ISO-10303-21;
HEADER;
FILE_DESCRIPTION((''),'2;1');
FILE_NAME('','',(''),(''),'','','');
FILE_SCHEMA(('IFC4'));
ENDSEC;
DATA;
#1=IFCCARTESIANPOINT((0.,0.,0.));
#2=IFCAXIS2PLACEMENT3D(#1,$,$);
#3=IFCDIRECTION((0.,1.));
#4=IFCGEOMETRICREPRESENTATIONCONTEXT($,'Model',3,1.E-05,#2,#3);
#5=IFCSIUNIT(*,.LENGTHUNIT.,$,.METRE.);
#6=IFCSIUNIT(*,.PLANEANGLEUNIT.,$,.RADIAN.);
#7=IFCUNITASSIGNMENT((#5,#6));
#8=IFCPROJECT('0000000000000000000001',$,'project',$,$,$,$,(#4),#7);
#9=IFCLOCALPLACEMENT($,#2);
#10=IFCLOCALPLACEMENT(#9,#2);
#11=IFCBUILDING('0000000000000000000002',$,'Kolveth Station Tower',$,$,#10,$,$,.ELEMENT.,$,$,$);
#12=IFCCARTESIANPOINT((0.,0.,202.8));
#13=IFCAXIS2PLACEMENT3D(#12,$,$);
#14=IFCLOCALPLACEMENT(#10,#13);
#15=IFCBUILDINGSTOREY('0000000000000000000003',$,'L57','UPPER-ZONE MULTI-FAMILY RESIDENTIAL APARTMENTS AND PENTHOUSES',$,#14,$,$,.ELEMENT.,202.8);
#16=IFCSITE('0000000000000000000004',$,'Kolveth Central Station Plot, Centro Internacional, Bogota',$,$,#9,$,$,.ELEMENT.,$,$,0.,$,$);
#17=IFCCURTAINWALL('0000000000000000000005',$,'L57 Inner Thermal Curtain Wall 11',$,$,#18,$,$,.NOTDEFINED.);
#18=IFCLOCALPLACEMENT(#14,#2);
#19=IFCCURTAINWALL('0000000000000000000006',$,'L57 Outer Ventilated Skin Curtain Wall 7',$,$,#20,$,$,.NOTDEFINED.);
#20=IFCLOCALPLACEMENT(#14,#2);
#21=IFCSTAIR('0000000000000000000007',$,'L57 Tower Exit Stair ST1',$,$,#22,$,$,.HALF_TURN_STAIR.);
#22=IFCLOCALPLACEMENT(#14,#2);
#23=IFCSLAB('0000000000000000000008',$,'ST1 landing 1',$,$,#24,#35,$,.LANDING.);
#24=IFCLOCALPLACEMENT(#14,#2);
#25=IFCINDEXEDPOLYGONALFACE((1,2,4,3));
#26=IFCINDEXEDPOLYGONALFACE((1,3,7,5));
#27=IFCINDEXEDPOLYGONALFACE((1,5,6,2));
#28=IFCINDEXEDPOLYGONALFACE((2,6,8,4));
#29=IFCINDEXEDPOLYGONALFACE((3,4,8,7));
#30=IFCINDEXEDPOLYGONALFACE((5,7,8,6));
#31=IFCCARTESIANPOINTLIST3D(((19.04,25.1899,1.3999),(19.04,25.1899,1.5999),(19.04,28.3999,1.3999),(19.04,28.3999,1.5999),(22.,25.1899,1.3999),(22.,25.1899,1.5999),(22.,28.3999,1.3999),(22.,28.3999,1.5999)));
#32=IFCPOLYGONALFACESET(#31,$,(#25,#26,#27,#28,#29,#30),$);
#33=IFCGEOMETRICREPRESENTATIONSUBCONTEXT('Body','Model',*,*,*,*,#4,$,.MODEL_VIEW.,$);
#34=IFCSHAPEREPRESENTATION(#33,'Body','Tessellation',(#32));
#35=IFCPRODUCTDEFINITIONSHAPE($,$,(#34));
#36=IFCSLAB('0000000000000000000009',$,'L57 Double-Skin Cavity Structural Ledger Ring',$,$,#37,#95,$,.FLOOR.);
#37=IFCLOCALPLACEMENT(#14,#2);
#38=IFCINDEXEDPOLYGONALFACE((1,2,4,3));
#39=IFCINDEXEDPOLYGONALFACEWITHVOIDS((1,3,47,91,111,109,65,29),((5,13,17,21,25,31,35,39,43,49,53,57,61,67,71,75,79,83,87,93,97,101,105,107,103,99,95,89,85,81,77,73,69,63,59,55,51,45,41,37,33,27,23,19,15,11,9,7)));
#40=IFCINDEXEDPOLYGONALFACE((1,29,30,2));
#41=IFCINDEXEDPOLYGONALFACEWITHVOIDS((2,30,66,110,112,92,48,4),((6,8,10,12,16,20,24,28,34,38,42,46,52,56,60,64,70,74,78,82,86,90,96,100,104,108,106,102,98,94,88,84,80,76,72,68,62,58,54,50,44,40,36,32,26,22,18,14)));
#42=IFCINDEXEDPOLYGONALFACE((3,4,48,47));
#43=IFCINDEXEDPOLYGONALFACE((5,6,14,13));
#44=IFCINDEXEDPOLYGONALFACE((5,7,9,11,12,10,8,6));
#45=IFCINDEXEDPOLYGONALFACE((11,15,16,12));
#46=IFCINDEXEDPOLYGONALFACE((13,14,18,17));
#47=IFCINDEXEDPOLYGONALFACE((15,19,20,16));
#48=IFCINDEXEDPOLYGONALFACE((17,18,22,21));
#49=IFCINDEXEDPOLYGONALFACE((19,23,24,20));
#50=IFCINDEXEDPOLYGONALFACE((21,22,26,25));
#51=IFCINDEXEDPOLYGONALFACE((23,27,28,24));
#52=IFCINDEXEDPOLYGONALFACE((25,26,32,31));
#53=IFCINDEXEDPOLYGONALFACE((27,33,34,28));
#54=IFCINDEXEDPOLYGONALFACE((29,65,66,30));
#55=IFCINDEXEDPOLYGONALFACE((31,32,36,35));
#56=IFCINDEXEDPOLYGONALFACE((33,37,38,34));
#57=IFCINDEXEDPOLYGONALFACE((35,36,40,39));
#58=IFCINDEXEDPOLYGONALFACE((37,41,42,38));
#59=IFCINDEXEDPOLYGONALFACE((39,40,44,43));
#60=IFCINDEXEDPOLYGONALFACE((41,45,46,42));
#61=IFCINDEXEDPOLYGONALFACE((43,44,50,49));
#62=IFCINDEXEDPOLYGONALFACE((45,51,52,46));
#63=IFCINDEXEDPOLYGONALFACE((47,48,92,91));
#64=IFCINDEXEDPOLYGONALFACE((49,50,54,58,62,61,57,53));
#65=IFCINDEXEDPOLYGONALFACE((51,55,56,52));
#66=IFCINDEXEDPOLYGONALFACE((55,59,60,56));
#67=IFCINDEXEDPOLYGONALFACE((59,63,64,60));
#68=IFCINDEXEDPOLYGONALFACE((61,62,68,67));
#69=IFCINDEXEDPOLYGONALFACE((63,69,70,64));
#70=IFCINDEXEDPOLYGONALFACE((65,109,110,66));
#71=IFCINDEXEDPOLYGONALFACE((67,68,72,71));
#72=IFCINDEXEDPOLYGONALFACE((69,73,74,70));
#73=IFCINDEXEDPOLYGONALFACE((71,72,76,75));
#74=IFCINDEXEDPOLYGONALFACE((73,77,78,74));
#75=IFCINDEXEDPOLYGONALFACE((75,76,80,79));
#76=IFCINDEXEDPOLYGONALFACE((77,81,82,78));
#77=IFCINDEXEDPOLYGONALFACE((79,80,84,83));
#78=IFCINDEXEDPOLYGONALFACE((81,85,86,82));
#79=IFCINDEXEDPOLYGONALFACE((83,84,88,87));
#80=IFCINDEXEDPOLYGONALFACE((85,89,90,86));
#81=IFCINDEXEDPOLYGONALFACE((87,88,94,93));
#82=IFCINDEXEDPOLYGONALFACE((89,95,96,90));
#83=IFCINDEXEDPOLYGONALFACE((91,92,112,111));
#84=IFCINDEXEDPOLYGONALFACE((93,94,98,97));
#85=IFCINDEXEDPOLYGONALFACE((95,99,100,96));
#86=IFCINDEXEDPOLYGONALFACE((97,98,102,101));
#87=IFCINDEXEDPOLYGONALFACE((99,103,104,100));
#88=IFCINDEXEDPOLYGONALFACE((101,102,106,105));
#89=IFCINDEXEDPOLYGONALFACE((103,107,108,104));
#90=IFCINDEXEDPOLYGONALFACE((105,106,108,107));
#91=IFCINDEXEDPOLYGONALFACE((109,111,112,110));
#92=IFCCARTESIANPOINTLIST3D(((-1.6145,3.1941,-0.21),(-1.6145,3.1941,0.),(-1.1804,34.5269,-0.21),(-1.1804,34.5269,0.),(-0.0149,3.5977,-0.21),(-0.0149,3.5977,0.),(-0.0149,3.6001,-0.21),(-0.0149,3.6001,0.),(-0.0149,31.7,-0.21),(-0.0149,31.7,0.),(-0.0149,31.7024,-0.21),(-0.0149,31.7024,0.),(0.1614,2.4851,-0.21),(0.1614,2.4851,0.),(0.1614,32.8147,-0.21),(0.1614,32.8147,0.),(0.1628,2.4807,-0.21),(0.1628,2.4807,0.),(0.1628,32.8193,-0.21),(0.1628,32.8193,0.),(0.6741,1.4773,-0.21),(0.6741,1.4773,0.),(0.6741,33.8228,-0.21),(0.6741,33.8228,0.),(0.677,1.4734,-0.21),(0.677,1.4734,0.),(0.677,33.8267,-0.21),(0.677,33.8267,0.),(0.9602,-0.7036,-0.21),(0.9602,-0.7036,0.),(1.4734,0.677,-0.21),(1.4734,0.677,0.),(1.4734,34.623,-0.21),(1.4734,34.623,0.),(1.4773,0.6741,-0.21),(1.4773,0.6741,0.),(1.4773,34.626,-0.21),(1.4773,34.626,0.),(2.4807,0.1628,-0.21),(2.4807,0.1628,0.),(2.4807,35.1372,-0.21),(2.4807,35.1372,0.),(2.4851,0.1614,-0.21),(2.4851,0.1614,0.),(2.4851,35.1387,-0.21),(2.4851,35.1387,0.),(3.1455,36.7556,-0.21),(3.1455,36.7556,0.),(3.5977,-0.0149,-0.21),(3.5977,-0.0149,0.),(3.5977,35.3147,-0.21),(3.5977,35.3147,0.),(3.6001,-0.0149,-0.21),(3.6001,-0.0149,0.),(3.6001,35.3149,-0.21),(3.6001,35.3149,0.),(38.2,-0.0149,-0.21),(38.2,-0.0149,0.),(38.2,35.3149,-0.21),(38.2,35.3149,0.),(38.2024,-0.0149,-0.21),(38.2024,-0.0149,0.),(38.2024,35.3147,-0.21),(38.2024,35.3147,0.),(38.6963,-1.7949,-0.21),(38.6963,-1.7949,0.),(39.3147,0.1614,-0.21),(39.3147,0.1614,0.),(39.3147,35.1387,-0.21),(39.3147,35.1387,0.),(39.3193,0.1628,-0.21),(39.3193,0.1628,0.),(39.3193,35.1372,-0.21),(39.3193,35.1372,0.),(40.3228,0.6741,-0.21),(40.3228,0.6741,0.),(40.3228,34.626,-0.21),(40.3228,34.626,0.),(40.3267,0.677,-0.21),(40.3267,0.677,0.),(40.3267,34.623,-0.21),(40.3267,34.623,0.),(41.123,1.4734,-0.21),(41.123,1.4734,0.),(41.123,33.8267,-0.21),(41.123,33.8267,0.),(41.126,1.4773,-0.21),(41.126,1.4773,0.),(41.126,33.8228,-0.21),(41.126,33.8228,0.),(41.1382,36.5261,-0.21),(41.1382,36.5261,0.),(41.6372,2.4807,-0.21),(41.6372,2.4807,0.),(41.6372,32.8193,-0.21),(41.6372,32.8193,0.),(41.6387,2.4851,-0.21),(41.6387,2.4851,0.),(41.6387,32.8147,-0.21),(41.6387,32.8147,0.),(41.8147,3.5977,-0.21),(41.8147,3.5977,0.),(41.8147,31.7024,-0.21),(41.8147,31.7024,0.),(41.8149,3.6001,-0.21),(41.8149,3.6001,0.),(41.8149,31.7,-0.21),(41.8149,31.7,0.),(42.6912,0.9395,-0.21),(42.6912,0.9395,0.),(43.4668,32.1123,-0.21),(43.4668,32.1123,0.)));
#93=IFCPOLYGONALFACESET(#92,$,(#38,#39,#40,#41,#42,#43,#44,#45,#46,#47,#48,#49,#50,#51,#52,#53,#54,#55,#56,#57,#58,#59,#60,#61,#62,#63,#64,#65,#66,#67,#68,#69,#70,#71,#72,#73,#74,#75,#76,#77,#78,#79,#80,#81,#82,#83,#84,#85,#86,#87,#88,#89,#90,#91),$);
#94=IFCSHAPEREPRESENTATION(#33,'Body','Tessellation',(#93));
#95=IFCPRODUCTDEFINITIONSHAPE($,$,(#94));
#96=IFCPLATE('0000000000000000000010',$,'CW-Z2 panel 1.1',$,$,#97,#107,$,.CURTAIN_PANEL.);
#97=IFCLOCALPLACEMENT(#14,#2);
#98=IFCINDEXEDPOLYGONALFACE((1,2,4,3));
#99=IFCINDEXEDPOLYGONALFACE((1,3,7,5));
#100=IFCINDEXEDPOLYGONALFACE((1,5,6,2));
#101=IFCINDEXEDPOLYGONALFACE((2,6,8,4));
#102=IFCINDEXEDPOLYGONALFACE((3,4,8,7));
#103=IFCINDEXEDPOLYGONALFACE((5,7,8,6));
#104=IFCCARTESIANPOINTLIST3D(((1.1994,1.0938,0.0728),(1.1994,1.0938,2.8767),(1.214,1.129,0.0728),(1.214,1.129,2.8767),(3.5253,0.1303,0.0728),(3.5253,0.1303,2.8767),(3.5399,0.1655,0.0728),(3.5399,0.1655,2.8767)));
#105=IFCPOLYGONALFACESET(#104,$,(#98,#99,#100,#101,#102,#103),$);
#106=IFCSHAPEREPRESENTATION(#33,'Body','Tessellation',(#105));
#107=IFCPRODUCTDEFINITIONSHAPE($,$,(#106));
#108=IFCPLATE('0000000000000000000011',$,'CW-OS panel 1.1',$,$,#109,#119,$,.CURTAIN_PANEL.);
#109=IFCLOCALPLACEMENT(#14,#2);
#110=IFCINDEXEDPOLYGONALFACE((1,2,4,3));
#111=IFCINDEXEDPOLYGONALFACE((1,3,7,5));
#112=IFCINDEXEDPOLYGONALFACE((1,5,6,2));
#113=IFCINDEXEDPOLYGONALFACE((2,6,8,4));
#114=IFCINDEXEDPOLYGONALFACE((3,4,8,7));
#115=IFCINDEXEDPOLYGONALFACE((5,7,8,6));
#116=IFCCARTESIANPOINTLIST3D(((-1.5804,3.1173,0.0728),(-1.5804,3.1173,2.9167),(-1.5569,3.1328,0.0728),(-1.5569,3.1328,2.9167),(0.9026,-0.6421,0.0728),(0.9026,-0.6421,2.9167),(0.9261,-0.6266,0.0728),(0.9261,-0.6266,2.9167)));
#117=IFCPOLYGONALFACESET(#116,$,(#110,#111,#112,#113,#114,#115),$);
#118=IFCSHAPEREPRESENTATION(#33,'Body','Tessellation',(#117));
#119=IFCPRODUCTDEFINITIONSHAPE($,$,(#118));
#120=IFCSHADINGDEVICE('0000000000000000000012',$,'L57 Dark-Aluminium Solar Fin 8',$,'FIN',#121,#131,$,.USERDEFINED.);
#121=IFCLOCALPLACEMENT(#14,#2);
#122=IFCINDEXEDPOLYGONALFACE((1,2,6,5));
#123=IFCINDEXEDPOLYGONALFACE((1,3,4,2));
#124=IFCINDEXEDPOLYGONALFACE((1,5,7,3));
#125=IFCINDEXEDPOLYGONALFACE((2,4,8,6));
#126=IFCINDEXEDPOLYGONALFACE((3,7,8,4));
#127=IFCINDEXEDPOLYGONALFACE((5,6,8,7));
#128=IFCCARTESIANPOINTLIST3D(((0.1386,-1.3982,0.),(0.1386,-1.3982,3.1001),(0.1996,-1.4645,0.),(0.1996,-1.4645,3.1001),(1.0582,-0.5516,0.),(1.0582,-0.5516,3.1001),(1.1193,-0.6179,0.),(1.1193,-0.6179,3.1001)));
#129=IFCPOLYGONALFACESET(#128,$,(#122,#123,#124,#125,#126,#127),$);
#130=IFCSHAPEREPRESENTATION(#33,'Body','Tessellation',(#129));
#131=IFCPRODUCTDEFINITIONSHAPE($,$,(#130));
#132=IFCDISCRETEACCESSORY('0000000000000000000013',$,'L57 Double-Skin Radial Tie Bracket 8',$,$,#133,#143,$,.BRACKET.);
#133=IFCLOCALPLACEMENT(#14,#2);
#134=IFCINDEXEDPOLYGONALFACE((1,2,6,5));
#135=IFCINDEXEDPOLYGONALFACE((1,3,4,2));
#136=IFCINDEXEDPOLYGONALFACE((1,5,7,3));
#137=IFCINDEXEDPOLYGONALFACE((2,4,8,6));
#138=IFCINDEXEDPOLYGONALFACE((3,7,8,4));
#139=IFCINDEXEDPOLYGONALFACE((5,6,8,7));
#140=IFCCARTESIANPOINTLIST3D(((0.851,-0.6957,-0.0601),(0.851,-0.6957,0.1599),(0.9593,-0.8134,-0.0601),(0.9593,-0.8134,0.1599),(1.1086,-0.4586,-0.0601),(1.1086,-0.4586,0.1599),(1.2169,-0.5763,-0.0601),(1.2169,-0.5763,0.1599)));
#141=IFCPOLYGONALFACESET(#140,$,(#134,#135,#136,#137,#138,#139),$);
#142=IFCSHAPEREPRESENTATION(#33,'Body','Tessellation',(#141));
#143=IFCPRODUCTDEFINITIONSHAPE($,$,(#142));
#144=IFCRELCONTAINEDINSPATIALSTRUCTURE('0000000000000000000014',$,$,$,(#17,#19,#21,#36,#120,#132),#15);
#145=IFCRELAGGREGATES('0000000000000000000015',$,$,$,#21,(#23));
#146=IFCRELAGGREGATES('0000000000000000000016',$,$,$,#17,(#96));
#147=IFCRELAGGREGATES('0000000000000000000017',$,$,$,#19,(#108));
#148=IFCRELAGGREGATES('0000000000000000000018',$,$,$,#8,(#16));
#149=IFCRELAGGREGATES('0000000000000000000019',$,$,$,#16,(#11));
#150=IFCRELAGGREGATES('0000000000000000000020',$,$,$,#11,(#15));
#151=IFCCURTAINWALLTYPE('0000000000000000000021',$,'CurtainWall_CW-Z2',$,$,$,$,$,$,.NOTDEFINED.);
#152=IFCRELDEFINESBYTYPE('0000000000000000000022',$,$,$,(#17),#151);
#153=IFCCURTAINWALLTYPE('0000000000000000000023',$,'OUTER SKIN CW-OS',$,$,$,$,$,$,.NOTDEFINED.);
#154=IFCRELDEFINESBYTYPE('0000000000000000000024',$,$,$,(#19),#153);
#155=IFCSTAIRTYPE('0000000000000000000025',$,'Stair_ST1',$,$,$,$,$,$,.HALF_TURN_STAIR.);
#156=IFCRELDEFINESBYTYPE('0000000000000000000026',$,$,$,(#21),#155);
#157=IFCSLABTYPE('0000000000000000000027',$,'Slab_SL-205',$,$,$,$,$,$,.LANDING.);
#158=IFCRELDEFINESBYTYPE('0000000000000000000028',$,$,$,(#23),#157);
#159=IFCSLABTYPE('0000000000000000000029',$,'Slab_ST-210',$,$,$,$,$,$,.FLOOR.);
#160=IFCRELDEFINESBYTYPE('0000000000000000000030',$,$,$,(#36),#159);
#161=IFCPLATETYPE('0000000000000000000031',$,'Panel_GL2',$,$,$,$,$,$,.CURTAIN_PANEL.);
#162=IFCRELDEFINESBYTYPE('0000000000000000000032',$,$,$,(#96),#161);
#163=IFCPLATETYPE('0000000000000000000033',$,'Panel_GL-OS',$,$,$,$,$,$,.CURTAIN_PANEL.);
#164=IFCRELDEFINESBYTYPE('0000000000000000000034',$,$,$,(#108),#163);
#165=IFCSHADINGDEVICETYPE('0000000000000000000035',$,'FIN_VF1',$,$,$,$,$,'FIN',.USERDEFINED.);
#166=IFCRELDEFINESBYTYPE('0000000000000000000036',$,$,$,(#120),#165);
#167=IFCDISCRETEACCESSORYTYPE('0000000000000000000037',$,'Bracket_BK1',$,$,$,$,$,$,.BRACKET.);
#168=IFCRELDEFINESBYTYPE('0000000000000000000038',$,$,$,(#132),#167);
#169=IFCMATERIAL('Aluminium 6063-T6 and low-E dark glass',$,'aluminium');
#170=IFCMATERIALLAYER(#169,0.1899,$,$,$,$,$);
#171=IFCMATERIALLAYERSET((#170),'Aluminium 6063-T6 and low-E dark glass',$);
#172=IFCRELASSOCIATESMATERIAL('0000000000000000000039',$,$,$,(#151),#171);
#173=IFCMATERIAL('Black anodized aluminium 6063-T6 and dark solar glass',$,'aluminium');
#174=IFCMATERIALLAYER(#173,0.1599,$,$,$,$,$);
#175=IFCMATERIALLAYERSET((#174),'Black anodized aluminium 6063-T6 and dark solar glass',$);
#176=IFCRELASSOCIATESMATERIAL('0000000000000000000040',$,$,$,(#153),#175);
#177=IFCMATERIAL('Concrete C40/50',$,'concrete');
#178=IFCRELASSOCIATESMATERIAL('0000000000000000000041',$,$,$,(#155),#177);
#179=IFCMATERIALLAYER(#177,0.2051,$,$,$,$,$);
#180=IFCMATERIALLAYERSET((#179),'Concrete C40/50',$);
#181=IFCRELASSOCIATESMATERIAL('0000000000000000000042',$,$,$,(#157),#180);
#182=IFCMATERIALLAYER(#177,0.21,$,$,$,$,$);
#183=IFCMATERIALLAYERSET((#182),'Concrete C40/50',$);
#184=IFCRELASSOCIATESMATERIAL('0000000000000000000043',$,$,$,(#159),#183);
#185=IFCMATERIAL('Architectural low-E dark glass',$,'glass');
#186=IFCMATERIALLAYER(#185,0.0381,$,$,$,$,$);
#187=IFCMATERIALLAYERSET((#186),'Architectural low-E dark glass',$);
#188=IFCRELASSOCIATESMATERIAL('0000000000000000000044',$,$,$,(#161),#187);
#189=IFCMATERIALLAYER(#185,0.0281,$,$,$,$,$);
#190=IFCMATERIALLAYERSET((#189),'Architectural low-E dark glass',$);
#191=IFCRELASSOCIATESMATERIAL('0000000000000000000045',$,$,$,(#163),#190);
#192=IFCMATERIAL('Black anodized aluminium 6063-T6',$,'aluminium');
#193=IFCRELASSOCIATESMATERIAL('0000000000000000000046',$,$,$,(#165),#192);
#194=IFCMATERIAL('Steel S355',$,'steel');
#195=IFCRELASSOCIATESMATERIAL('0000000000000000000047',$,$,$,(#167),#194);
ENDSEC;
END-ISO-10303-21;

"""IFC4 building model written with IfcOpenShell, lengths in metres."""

from ifc_helpers import new_model, si_unit, direction, frame, origin, origin_2d, place, context, subcontext, project, spatial, polyline, rectangle, outline, extrude, source, transform, mapped, material, layer, layer_set, type_object, element, aggregate, save


model = new_model("IFC4")

# Units and contexts
model_context = context("Model", 3, precision=1e-05, world=origin(), true_north=direction((0.0, 1.0)))
body_context = subcontext(model_context, "Body", "Model", "MODEL_VIEW")
ifc_project = project(units=[si_unit("LENGTHUNIT", "METRE"), si_unit("PLANEANGLEUNIT", "RADIAN")], contexts=[model_context])

# Site, building, storey
site_placement = place(None, origin())
site = spatial("IfcSite", under=ifc_project, at=site_placement, Name="Kolveth Central Station Plot, Centro Internacional, Bogota", CompositionType="ELEMENT", RefElevation=0.0)
building_placement = place(site_placement, origin())
building = spatial("IfcBuilding", under=site, at=building_placement, Name="Kolveth Station Tower", CompositionType="ELEMENT")
storey_placement = place(building_placement, frame((0.0, 0.0, 202.8)))
storey = spatial("IfcBuildingStorey", under=building, at=storey_placement, Name="L57", Description="UPPER-ZONE MULTI-FAMILY RESIDENTIAL APARTMENTS AND PENTHOUSES", CompositionType="ELEMENT", Elevation=202.8)

# Shared definitions
ifc_material_1 = material(Name="Steel S355", Category="steel")

# Shared definitions
ifc_material_2 = material(Name="Aluminium 6063-T6 and low-E dark glass", Category="aluminium")
ifc_layer_1 = layer(ifc_material_2, 0.1899)
ifc_layer_set_1 = layer_set([ifc_layer_1], Name="Aluminium 6063-T6 and low-E dark glass")
curtain_wall_type_1 = type_object("IfcCurtainWallType", Name="CurtainWall_CW-Z2", PredefinedType="NOTDEFINED", material=ifc_layer_set_1)
ifc_material_3 = material(Name="Black anodized aluminium 6063-T6", Category="aluminium")

# Curtain wall
curtain_wall_1_placement = place(storey_placement, origin())
curtain_wall_1 = element("IfcCurtainWall", 1, at=curtain_wall_1_placement, inside=storey, type_object=curtain_wall_type_1, Name="L57 Inner Thermal Curtain Wall 11", PredefinedType="NOTDEFINED")

# Curtain wall
ifc_material_4 = material(Name="Black anodized aluminium 6063-T6 and dark solar glass", Category="aluminium")
ifc_layer_2 = layer(ifc_material_4, 0.1599)
ifc_layer_set_2 = layer_set([ifc_layer_2], Name="Black anodized aluminium 6063-T6 and dark solar glass")
curtain_wall_type_2 = type_object("IfcCurtainWallType", Name="OUTER SKIN CW-OS", PredefinedType="NOTDEFINED", material=ifc_layer_set_2)
curtain_wall_2_placement = place(storey_placement, origin())
curtain_wall_2 = element("IfcCurtainWall", 2, at=curtain_wall_2_placement, inside=storey, type_object=curtain_wall_type_2, Name="L57 Outer Ventilated Skin Curtain Wall 7", PredefinedType="NOTDEFINED")

# Shared definitions
ifc_material_5 = material(Name="Concrete C40/50", Category="concrete")

# Stair, slab
stair_type_1 = type_object("IfcStairType", Name="Stair_ST1", PredefinedType="HALF_TURN_STAIR", material=ifc_material_5)
stair_1_placement = place(storey_placement, origin())
stair_1 = element("IfcStair", 3, at=stair_1_placement, inside=storey, type_object=stair_type_1, Name="L57 Tower Exit Stair ST1", PredefinedType="HALF_TURN_STAIR")
ifc_layer_3 = layer(ifc_material_5, 0.2051)
ifc_layer_set_3 = layer_set([ifc_layer_3], Name="Concrete C40/50")
slab_type_1 = type_object("IfcSlabType", Name="Slab_SL-205", PredefinedType="LANDING", material=ifc_layer_set_3)
slab_1_placement = place(storey_placement, frame((0.0, 0.0, 1.3999)))
slab_1 = element("IfcSlab", 4, at=slab_1_placement, type_object=slab_type_1, Name="ST1 landing 1", PredefinedType="LANDING", context=body_context, shape_type="SweptSolid", body=[
    extrude(outline(polyline([(22.0, 25.1899), (22.0, 28.3999), (19.04, 28.3999), (19.04, 25.1899), (22.0, 25.1899)])), origin(), (0.0, 0.0, 1.0), 0.2),
])
aggregate(stair_1, [slab_1])

# Slab
ifc_layer_4 = layer(ifc_material_5, 0.21)
ifc_layer_set_4 = layer_set([ifc_layer_4], Name="Concrete C40/50")
slab_type_2 = type_object("IfcSlabType", Name="Slab_ST-210", PredefinedType="FLOOR", material=ifc_layer_set_4)
slab_2_placement = place(storey_placement, frame((0.0, 0.0, -0.21)))
element("IfcSlab", 5, at=slab_2_placement, inside=storey, type_object=slab_type_2, Name="L57 Double-Skin Cavity Structural Ledger Ring", PredefinedType="FLOOR", context=body_context, shape_type="SweptSolid", body=[
    extrude(outline(polyline([(0.9602, -0.7036), (-1.6145, 3.1941), (-1.1804, 34.5269), (3.1455, 36.7556), (41.1382, 36.5261), (43.4668, 32.1123), (42.6912, 0.9395), (38.6963, -1.7949), (0.9602, -0.7036)]), holes=[polyline([(38.2024, -0.0149), (39.3147, 0.1614), (39.3193, 0.1628), (40.3228, 0.6741), (40.3267, 0.677), (41.123, 1.4734), (41.126, 1.4773), (41.6372, 2.4807), (41.6387, 2.4851), (41.8147, 3.5977), (41.8149, 3.6001), (41.8149, 31.7), (41.8147, 31.7024), (41.6387, 32.8147), (41.6372, 32.8193), (41.126, 33.8228), (41.123, 33.8267), (40.3267, 34.623), (40.3228, 34.626), (39.3193, 35.1372), (39.3147, 35.1387), (38.2024, 35.3147), (38.2, 35.3149), (3.6001, 35.3149), (3.5977, 35.3147), (2.4851, 35.1387), (2.4807, 35.1372), (1.4773, 34.626), (1.4734, 34.623), (0.677, 33.8267), (0.6741, 33.8228), (0.1628, 32.8193), (0.1614, 32.8147), (-0.0149, 31.7024), (-0.0149, 31.7), (-0.0149, 3.6001), (-0.0149, 3.5977), (0.1614, 2.4851), (0.1628, 2.4807), (0.6741, 1.4773), (0.677, 1.4734), (1.4734, 0.677), (1.4773, 0.6741), (2.4807, 0.1628), (2.4851, 0.1614), (3.5977, -0.0149), (3.6001, -0.0149), (38.2, -0.0149), (38.2024, -0.0149)])]), origin(), (0.0, 0.0, 1.0), 0.21),
])

# Plates
ifc_material_6 = material(Name="Architectural low-E dark glass", Category="glass")
ifc_layer_5 = layer(ifc_material_6, 0.0381)
ifc_layer_set_5 = layer_set([ifc_layer_5], Name="Architectural low-E dark glass")
plate_type_1 = type_object("IfcPlateType", Name="Panel_GL2", PredefinedType="CURTAIN_PANEL", material=ifc_layer_set_5)
shared_shape_1 = source(origin(), body_context, "Body", "SweptSolid", [
    extrude(rectangle(XDim=2.5176, YDim=0.0381, at=origin_2d()), origin(), (0.0, 0.0, 1.0), 2.804),
])
plate_1_placement = place(storey_placement, frame((2.3696, 0.6296, 0.0728), z_axis=(0.0, 0.0, 1.0), x_axis=(0.923874, -0.382698, 0.0)))
plate_1 = element("IfcPlate", 6, at=plate_1_placement, type_object=plate_type_1, Name="CW-Z2 panel 1.1", PredefinedType="CURTAIN_PANEL", context=body_context, shape_type="MappedRepresentation", body=[
    mapped(shared_shape_1, transform((0.0, 0.0, 0.0), x_axis=(1.0, 0.0, 0.0), y_axis=(0.0, 1.0, 0.0), z_axis=(0.0, 0.0, 1.0), scale=1.0)),
])
aggregate(curtain_wall_1, [plate_1])
ifc_layer_6 = layer(ifc_material_6, 0.0281)
ifc_layer_set_6 = layer_set([ifc_layer_6], Name="Architectural low-E dark glass")
plate_type_2 = type_object("IfcPlateType", Name="Panel_GL-OS", PredefinedType="CURTAIN_PANEL", material=ifc_layer_set_6)
shared_shape_2 = source(origin(), body_context, "Body", "SweptSolid", [
    extrude(rectangle(XDim=4.5054, YDim=0.0281, at=origin_2d()), origin(), (0.0, 0.0, 1.0), 2.844),
])
plate_2_placement = place(storey_placement, frame((-0.3271, 1.2454, 0.0728), z_axis=(0.0, 0.0, 1.0), x_axis=(0.551123, -0.834424, 0.0)))
plate_2 = element("IfcPlate", 7, at=plate_2_placement, type_object=plate_type_2, Name="CW-OS panel 1.1", PredefinedType="CURTAIN_PANEL", context=body_context, shape_type="MappedRepresentation", body=[
    mapped(shared_shape_2, transform((0.0, 0.0, 0.0), x_axis=(1.0, 0.0, 0.0), y_axis=(0.0, 1.0, 0.0), z_axis=(0.0, 0.0, 1.0), scale=1.0)),
])
aggregate(curtain_wall_2, [plate_2])

# Shading device
shading_device_type = type_object("IfcShadingDeviceType", Name="FIN_VF1", ElementType="FIN", PredefinedType="USERDEFINED", material=ifc_material_3)
shared_shape_3 = source(origin(), body_context, "Body", "SweptSolid", [
    extrude(rectangle(XDim=1.25, YDim=0.0901, at=origin_2d()), origin(), (0.0, 0.0, 1.0), 3.1001),
])
shading_device_placement = place(storey_placement, frame((0.6289, -1.0081, 0.0), z_axis=(0.0, 0.0, 1.0), x_axis=(-0.735743, -0.677261, 0.0)))
element("IfcShadingDevice", 8, at=shading_device_placement, inside=storey, type_object=shading_device_type, Name="L57 Dark-Aluminium Solar Fin 8", ObjectType="FIN", PredefinedType="USERDEFINED", context=body_context, shape_type="MappedRepresentation", body=[
    mapped(shared_shape_3, transform((0.0, 0.0, 0.0), x_axis=(1.0, 0.0, 0.0), y_axis=(0.0, 1.0, 0.0), z_axis=(0.0, 0.0, 1.0), scale=1.0)),
])

# Discrete accessory
discrete_accessory_type = type_object("IfcDiscreteAccessoryType", Name="Bracket_BK1", PredefinedType="BRACKET", material=ifc_material_1)
shared_shape_4 = source(origin(), body_context, "Body", "SweptSolid", [
    extrude(rectangle(XDim=0.3501, YDim=0.1599, at=origin_2d()), origin(), (0.0, 0.0, 1.0), 0.22),
])
discrete_accessory_placement = place(storey_placement, frame((1.0339, -0.636, -0.0601), z_axis=(0.0, 0.0, 1.0), x_axis=(-0.735743, -0.677261, 0.0)))
element("IfcDiscreteAccessory", 9, at=discrete_accessory_placement, inside=storey, type_object=discrete_accessory_type, Name="L57 Double-Skin Radial Tie Bracket 8", PredefinedType="BRACKET", context=body_context, shape_type="MappedRepresentation", body=[
    mapped(shared_shape_4, transform((0.0, 0.0, 0.0), x_axis=(1.0, 0.0, 0.0), y_axis=(0.0, 1.0, 0.0), z_axis=(0.0, 0.0, 1.0), scale=1.0)),
])

save(model, "model.ifc")
